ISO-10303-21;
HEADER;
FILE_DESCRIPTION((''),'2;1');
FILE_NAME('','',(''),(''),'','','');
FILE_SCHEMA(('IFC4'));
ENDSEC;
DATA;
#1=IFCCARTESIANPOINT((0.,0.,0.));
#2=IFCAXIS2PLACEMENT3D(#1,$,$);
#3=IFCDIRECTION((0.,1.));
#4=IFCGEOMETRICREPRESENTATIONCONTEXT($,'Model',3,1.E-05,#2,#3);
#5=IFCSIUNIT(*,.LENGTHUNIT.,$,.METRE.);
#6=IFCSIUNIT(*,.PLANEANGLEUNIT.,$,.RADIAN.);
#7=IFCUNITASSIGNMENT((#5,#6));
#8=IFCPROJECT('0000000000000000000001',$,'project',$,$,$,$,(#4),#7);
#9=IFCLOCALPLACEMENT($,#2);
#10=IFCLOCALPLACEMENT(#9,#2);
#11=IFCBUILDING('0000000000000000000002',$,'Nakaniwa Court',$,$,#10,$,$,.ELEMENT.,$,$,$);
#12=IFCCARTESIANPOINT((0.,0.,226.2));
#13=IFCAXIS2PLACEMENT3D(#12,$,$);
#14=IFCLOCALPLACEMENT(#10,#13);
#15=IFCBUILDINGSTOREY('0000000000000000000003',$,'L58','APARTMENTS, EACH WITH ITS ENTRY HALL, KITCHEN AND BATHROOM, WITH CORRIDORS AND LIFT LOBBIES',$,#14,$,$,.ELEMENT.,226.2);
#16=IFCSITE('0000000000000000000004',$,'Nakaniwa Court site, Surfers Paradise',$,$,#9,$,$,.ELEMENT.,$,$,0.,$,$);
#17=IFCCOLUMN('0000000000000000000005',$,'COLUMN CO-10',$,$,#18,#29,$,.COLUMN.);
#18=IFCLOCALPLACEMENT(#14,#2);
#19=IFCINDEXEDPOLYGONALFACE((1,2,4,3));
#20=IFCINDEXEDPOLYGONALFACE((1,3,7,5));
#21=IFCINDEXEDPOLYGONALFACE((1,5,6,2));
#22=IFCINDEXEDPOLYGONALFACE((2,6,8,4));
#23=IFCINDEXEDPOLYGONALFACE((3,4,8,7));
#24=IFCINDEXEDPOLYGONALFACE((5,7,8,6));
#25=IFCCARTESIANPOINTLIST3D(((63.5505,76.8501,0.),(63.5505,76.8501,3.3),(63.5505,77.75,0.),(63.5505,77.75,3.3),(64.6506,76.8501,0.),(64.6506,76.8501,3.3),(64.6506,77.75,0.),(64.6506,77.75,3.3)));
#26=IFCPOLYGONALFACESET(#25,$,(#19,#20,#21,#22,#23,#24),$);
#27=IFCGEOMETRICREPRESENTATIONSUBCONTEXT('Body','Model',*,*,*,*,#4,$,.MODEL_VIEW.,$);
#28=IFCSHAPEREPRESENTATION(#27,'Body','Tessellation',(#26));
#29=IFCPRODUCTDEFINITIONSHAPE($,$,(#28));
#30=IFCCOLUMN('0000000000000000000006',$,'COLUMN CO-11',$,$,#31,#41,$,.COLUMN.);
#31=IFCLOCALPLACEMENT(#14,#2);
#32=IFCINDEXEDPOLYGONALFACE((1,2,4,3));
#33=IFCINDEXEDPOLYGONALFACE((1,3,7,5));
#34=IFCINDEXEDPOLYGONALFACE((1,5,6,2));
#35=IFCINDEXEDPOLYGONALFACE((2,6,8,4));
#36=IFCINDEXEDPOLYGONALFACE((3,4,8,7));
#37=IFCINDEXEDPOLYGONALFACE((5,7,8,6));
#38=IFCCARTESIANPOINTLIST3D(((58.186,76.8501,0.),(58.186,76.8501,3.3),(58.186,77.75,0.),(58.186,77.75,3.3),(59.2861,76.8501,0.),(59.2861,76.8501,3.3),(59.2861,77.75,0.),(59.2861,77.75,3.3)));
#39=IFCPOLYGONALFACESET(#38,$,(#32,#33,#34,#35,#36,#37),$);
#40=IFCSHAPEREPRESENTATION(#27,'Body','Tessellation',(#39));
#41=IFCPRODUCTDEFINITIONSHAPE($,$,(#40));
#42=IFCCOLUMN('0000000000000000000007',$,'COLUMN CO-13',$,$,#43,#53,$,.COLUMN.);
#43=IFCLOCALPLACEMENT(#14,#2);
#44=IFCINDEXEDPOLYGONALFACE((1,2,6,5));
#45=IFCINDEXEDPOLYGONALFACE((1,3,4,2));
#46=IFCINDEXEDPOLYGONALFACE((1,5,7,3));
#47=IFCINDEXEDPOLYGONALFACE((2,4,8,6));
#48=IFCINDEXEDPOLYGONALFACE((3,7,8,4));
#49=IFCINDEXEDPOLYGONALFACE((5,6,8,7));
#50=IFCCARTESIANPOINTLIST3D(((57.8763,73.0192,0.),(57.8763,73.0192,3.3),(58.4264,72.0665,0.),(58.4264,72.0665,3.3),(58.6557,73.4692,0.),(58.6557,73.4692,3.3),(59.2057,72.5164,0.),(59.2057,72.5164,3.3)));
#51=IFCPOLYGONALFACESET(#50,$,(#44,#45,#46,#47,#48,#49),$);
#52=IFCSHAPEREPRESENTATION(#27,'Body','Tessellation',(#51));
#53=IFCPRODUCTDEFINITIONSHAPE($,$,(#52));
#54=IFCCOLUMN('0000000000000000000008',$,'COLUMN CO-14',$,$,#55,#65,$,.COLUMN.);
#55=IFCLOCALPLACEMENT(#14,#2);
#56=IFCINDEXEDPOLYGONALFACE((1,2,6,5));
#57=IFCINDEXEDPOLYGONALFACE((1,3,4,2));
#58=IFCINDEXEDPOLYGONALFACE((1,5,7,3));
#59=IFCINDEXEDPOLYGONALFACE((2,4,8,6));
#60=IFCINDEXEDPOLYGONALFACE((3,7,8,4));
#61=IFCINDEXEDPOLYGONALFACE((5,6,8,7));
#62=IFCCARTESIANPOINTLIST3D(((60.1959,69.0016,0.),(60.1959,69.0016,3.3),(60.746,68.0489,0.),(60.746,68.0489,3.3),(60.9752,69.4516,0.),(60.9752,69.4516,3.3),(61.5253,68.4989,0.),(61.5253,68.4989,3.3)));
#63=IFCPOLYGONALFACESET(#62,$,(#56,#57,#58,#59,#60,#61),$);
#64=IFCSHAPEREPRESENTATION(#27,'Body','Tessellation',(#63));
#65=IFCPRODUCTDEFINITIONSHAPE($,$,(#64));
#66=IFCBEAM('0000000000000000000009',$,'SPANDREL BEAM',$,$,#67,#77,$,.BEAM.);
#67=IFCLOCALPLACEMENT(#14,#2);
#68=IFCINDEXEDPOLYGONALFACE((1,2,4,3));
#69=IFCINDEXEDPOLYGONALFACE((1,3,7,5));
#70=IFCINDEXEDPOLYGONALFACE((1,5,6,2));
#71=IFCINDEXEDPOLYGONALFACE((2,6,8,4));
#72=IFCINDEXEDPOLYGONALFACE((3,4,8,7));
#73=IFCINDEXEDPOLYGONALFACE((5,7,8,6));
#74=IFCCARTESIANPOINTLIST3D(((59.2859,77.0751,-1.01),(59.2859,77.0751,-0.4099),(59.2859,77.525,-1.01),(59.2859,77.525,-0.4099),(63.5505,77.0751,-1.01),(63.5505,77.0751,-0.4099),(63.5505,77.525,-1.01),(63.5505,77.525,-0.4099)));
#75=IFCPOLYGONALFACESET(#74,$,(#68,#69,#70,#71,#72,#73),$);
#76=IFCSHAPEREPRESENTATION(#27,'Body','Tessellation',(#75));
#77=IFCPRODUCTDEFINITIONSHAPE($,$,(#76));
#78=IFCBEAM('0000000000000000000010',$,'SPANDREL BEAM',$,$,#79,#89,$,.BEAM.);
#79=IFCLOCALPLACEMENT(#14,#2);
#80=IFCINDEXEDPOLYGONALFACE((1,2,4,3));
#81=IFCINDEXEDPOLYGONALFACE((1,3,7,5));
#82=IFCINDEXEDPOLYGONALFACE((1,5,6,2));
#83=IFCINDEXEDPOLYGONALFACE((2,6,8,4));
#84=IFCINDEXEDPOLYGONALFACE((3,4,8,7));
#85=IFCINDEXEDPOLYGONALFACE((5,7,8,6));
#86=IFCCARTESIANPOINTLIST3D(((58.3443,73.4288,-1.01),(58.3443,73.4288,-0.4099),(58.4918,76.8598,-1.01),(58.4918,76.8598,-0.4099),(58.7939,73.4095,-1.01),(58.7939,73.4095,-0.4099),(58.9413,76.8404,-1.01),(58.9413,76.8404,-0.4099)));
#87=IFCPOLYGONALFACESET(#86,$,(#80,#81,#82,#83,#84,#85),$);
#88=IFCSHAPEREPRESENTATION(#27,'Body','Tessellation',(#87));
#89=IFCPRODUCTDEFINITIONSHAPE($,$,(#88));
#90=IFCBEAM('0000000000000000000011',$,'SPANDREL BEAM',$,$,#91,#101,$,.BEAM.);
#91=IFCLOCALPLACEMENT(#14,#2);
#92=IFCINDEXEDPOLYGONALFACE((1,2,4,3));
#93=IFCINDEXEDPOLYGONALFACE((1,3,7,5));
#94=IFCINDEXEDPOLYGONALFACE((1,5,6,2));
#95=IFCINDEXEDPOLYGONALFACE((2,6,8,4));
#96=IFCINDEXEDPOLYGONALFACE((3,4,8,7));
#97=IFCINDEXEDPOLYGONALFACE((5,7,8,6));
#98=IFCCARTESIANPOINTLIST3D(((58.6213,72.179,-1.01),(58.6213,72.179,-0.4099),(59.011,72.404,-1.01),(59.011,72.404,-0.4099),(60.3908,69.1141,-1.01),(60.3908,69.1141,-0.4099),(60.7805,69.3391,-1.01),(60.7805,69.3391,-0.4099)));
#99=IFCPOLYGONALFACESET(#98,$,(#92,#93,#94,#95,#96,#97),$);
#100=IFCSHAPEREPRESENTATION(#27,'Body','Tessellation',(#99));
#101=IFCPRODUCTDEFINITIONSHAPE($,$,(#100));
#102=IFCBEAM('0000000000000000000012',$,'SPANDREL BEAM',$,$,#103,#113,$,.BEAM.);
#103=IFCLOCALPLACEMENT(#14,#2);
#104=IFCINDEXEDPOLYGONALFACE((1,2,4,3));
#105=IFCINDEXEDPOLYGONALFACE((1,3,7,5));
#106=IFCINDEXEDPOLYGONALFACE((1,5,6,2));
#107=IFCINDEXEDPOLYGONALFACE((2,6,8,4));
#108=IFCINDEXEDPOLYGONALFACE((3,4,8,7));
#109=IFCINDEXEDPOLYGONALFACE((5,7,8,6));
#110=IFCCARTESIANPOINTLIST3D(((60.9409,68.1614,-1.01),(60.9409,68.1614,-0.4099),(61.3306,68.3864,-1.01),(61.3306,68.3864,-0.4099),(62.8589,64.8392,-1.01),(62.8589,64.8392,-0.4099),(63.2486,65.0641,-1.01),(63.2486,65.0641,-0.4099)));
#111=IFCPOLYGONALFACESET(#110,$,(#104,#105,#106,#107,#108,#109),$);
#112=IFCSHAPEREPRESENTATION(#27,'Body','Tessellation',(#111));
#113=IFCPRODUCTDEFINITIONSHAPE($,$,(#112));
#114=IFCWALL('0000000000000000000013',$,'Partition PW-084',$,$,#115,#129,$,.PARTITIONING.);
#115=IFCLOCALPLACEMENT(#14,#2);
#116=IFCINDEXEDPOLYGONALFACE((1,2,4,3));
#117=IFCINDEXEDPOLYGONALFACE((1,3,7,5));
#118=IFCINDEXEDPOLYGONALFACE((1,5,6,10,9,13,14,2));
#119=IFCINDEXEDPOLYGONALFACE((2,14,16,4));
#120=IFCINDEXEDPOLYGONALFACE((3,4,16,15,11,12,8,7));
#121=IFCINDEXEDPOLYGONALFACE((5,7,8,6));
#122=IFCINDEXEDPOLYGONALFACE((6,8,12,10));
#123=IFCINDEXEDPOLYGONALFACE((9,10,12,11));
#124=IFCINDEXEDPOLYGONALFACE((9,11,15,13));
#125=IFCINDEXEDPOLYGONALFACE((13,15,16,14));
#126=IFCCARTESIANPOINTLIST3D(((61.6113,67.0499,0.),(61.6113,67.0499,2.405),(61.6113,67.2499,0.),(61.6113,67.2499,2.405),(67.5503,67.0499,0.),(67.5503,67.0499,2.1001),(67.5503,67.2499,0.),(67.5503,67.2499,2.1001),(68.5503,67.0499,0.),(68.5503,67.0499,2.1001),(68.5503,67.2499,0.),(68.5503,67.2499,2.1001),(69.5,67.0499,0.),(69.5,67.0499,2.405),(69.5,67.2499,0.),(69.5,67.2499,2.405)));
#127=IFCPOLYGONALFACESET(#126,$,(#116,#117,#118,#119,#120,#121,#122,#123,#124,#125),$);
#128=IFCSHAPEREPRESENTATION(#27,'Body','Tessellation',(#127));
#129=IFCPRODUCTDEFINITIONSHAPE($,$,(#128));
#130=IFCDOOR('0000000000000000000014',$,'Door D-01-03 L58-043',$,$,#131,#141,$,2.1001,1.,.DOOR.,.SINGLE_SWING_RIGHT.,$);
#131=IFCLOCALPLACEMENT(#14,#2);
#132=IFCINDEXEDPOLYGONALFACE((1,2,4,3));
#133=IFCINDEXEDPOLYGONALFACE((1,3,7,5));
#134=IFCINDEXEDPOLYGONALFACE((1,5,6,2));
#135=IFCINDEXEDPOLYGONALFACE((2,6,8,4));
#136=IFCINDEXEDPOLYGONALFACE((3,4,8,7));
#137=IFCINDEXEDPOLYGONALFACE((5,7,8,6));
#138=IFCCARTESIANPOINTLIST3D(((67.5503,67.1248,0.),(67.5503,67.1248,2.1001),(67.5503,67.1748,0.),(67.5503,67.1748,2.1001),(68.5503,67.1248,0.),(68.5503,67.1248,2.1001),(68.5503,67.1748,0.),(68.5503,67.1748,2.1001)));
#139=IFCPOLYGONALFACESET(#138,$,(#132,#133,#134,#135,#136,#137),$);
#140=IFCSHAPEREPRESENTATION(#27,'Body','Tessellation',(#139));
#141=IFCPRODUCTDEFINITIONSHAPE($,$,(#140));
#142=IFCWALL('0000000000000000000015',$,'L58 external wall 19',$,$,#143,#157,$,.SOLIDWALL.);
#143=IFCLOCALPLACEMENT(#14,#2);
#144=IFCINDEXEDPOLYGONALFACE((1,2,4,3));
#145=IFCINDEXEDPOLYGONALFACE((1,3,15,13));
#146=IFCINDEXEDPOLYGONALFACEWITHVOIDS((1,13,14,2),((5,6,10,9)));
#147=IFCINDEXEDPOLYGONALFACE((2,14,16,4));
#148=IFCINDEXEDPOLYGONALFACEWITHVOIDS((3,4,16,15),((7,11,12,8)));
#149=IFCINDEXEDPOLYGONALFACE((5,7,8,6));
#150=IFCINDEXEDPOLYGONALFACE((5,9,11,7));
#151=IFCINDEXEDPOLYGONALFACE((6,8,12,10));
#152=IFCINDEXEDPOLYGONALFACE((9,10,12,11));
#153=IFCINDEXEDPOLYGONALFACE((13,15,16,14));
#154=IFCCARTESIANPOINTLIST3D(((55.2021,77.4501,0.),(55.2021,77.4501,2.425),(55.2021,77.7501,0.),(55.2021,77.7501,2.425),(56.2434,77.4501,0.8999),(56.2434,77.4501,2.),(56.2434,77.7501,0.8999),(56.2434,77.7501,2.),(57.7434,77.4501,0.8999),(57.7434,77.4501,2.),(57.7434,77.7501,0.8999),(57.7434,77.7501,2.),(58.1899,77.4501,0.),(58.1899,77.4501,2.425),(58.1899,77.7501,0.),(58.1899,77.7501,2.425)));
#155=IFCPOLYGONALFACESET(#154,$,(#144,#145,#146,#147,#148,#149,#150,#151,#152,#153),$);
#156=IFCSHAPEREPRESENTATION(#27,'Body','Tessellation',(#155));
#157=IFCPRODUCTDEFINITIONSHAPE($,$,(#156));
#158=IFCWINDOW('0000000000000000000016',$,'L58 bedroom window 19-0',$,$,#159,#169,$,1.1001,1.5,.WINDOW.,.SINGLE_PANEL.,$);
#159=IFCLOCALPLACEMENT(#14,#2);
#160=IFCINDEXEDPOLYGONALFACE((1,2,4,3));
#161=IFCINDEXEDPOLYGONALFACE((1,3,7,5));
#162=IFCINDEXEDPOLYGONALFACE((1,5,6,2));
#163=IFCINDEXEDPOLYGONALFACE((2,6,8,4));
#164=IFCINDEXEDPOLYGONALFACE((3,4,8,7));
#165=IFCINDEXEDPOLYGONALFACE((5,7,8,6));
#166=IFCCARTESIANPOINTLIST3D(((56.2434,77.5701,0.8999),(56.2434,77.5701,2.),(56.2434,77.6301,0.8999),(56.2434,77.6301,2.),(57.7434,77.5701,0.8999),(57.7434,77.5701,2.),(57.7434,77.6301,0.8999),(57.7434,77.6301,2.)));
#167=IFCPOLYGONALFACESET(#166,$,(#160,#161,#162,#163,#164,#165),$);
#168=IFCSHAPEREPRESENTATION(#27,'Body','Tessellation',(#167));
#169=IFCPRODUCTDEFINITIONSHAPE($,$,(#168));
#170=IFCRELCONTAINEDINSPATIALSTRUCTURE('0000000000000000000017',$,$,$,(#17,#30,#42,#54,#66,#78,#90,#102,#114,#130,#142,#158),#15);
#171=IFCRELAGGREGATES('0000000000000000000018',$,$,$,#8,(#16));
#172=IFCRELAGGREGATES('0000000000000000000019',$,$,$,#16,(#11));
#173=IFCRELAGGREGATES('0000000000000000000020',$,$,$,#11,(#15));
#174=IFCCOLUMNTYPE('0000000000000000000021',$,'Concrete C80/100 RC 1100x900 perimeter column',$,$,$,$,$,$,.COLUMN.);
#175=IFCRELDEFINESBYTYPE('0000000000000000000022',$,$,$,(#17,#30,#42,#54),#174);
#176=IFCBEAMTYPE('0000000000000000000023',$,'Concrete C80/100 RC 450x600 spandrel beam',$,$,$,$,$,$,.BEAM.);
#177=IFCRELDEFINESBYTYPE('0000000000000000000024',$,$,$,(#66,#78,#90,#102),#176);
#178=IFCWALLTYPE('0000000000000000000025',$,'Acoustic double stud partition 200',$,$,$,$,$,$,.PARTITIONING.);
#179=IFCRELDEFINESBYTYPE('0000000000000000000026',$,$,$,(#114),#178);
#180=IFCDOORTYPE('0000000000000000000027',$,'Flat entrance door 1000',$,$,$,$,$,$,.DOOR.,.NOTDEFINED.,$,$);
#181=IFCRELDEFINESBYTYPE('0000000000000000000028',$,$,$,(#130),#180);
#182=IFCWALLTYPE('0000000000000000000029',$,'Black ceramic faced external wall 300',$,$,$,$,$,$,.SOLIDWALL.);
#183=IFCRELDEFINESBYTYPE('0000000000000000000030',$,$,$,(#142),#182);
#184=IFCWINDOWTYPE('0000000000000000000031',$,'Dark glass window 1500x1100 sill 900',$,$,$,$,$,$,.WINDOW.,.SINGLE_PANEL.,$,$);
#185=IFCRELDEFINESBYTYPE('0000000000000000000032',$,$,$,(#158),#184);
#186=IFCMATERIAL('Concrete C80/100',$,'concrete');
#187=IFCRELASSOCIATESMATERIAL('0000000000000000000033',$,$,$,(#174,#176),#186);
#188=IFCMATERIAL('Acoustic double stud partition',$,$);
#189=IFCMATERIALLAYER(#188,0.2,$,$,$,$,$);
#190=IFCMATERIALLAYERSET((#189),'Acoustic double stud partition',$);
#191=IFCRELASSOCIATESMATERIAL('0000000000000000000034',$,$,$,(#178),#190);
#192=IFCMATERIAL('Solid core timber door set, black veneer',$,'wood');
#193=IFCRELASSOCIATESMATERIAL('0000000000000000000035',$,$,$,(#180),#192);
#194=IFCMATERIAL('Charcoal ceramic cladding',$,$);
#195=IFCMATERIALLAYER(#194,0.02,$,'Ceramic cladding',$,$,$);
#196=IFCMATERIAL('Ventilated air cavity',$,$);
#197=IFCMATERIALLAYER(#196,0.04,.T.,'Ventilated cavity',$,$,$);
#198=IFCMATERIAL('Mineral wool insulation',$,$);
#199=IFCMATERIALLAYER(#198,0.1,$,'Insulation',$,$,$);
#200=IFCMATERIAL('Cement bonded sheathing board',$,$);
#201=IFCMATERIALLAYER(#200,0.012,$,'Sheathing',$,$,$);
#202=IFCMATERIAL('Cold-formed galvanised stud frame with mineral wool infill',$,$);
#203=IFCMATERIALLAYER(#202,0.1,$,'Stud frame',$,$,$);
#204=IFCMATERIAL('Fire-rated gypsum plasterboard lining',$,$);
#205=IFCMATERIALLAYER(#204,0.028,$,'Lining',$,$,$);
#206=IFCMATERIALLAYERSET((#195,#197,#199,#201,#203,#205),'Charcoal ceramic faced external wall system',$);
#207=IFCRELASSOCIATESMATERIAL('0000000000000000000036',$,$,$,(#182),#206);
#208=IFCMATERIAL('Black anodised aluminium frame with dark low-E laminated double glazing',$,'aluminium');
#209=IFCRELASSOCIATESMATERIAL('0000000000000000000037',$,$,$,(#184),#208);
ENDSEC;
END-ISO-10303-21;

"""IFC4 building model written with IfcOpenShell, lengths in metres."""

from ifc_helpers import new_model, si_unit, direction, frame, frame_2d, origin, origin_2d, place, context, subcontext, project, spatial, rectangle, extrude, material, layer, layer_set, material_profile, profile_set, type_object, element, fill, save


model = new_model("IFC4")

# Units and contexts
model_context = context("Model", 3, precision=1e-05, world=origin(), true_north=direction((0.0, 1.0)))
body_context = subcontext(model_context, "Body", "Model", "MODEL_VIEW")
ifc_project = project(units=[si_unit("LENGTHUNIT", "METRE"), si_unit("PLANEANGLEUNIT", "RADIAN")], contexts=[model_context])

# Site, building, storey
site_placement = place(None, origin())
site = spatial("IfcSite", under=ifc_project, at=site_placement, Name="Nakaniwa Court site, Surfers Paradise", CompositionType="ELEMENT", RefElevation=0.0)
building_placement = place(site_placement, origin())
building = spatial("IfcBuilding", under=site, at=building_placement, Name="Nakaniwa Court", CompositionType="ELEMENT")
storey_placement = place(building_placement, frame((0.0, 0.0, 226.2)))
storey = spatial("IfcBuildingStorey", under=building, at=storey_placement, Name="L58", Description="APARTMENTS, EACH WITH ITS ENTRY HALL, KITCHEN AND BATHROOM, WITH CORRIDORS AND LIFT LOBBIES", CompositionType="ELEMENT", Elevation=226.2)

# Columns
ifc_material_1 = material(Name="Concrete C80/100", Category="concrete")
ifc_material_profile_1 = material_profile(ifc_material_1, rectangle(XDim=1.1001, YDim=0.8999, at=origin_2d()), Name="Concrete C80/100 RC 1100x900 perimeter column")
ifc_profile_set_1 = profile_set([ifc_material_profile_1], Name="Concrete C80/100")
column_type = type_object("IfcColumnType", Name="Concrete C80/100 RC 1100x900 perimeter column", PredefinedType="COLUMN", material=ifc_profile_set_1)
for number, where, z_axis, x_axis, name in (
    (1, (64.1006, 77.3, 0.0), (0.0, 0.0, 1.0), (-1.0, 0.0, 0.0), "COLUMN CO-10"),
    (2, (58.7361, 77.3, 0.0), (0.0, 0.0, 1.0), (-1.0, 0.0, 0.0), "COLUMN CO-11"),
    (3, (58.541, 72.7678, 0.0), (0.0, 0.0, 1.0), (0.5, -0.866025, 0.0), "COLUMN CO-13"),
    (4, (60.8606, 68.7502, 0.0), (0.0, 0.0, 1.0), (0.5, -0.866025, 0.0), "COLUMN CO-14"),
):
    element("IfcColumn", number, at=place(storey_placement, frame(where, z_axis=z_axis, x_axis=x_axis)), inside=storey, type_object=column_type, Name=name, PredefinedType="COLUMN", context=body_context, shape_type="SweptSolid", body=[
        extrude(rectangle(XDim=1.1001, YDim=0.8999, at=origin_2d()), origin(), (0.0, 0.0, 1.0), 3.3),
    ])

# Beams
ifc_material_profile_2 = material_profile(ifc_material_1, rectangle(XDim=0.45, YDim=0.6001, at=origin_2d()), Name="Concrete C80/100 RC 450x600 spandrel beam")
ifc_profile_set_2 = profile_set([ifc_material_profile_2], Name="Concrete C80/100")
beam_type = type_object("IfcBeamType", Name="Concrete C80/100 RC 450x600 spandrel beam", PredefinedType="BEAM", material=ifc_profile_set_2)
beam_1_placement = place(storey_placement, frame((63.5505, 77.3, -0.71), z_axis=(-1.0, 0.0, 0.0), x_axis=(0.0, -1.0, 0.0)))
element("IfcBeam", 5, at=beam_1_placement, inside=storey, type_object=beam_type, Name="SPANDREL BEAM", PredefinedType="BEAM", context=body_context, shape_type="SweptSolid", body=[
    extrude(rectangle(XDim=0.45, YDim=0.6001, at=origin_2d()), origin(), (0.0, 0.0, 1.0), 4.2646),
])
beam_2_placement = place(storey_placement, frame((58.7166, 76.8501, -0.71), z_axis=(-0.042941, -0.999078, 0.0), x_axis=(0.999078, -0.042941, 0.0)))
element("IfcBeam", 6, at=beam_2_placement, inside=storey, type_object=beam_type, Name="SPANDREL BEAM", PredefinedType="BEAM", context=body_context, shape_type="SweptSolid", body=[
    extrude(rectangle(XDim=0.45, YDim=0.6001, at=origin_2d()), origin(), (0.0, 0.0, 1.0), 3.4341),
])
beam_3_placement = place(storey_placement, frame((58.8162, 72.2915, -0.71), z_axis=(0.499997, -0.866027, 0.0), x_axis=(0.866027, 0.499997, 0.0)))
element("IfcBeam", 7, at=beam_3_placement, inside=storey, type_object=beam_type, Name="SPANDREL BEAM", PredefinedType="BEAM", context=body_context, shape_type="SweptSolid", body=[
    extrude(rectangle(XDim=0.45, YDim=0.6001, at=origin_2d()), origin(), (0.0, 0.0, 1.0), 3.5391),
])
beam_4_placement = place(storey_placement, frame((61.1357, 68.2739, -0.71), z_axis=(0.499972, -0.866041, 0.0), x_axis=(0.866041, 0.499972, 0.0)))
element("IfcBeam", 8, at=beam_4_placement, inside=storey, type_object=beam_type, Name="SPANDREL BEAM", PredefinedType="BEAM", context=body_context, shape_type="SweptSolid", body=[
    extrude(rectangle(XDim=0.45, YDim=0.6001, at=origin_2d()), origin(), (0.0, 0.0, 1.0), 3.8362),
])

# Wall, opening, door
ifc_material_2 = material(Name="Acoustic double stud partition")
ifc_layer_1 = layer(ifc_material_2, 0.2)
ifc_layer_set_1 = layer_set([ifc_layer_1], Name="Acoustic double stud partition")
wall_type_1 = type_object("IfcWallType", Name="Acoustic double stud partition 200", PredefinedType="PARTITIONING", material=ifc_layer_set_1)
wall_1_placement = place(storey_placement, frame((61.6113, 67.1499, 0.0), z_axis=(0.0, 0.0, 1.0), x_axis=(1.0, 0.0, 0.0)))
wall_1 = element("IfcWall", 9, at=wall_1_placement, inside=storey, type_object=wall_type_1, Name="Partition PW-084", PredefinedType="PARTITIONING", context=body_context, shape_type="SweptSolid", body=[
    extrude(rectangle(XDim=7.8887, YDim=0.2, at=frame_2d((3.9443, 0.0))), origin(), (0.0, 0.0, 1.0), 2.405),
])
opening_1_placement = place(wall_1_placement, frame((5.939, 0.0, 0.0)))
opening_1 = element("IfcOpeningElement", 10, at=opening_1_placement, cuts=wall_1, PredefinedType="OPENING", context=body_context, shape_type="SweptSolid", body=[
    extrude(rectangle(XDim=1.0, YDim=2.1001, at=frame_2d((0.5, 1.05))), frame((0.0, 0.1099, 0.0), z_axis=(0.0, -1.0, 0.0), x_axis=(1.0, 0.0, 0.0)), (0.0, 0.0, 1.0), 0.22),
])
ifc_material_3 = material(Name="Solid core timber door set, black veneer", Category="wood")
door_type_1 = type_object("IfcDoorType", Name="Flat entrance door 1000", OperationType="NOTDEFINED", PredefinedType="DOOR", material=ifc_material_3)
door_1_placement = place(opening_1_placement, origin())
door_1 = element("IfcDoor", 11, at=door_1_placement, inside=storey, type_object=door_type_1, Name="Door D-01-03 L58-043", OperationType="SINGLE_SWING_RIGHT", OverallHeight=2.1001, OverallWidth=1.0, PredefinedType="DOOR", context=body_context, shape_type="SweptSolid", body=[
    extrude(rectangle(XDim=1.0, YDim=2.1001, at=frame_2d((0.5, 1.05))), frame((0.0, 0.0249, 0.0), z_axis=(0.0, -1.0, 0.0), x_axis=(1.0, 0.0, 0.0)), (0.0, 0.0, 1.0), 0.05),
])
fill(opening_1, door_1)

# Wall, opening, window
ifc_material_4 = material(Name="Charcoal ceramic cladding")
ifc_layer_2 = layer(ifc_material_4, 0.02, Name="Ceramic cladding")
ifc_material_5 = material(Name="Ventilated air cavity")
ifc_layer_3 = layer(ifc_material_5, 0.04, ventilated=True, Name="Ventilated cavity")
ifc_material_6 = material(Name="Mineral wool insulation")
ifc_layer_4 = layer(ifc_material_6, 0.1, Name="Insulation")
ifc_material_7 = material(Name="Cement bonded sheathing board")
ifc_layer_5 = layer(ifc_material_7, 0.012, Name="Sheathing")
ifc_material_8 = material(Name="Cold-formed galvanised stud frame with mineral wool infill")
ifc_layer_6 = layer(ifc_material_8, 0.1, Name="Stud frame")
ifc_material_9 = material(Name="Fire-rated gypsum plasterboard lining")
ifc_layer_7 = layer(ifc_material_9, 0.028, Name="Lining")
ifc_layer_set_2 = layer_set([ifc_layer_2, ifc_layer_3, ifc_layer_4, ifc_layer_5, ifc_layer_6, ifc_layer_7], Name="Charcoal ceramic faced external wall system")
wall_type_2 = type_object("IfcWallType", Name="Black ceramic faced external wall 300", PredefinedType="SOLIDWALL", material=ifc_layer_set_2)
wall_2_placement = place(storey_placement, frame((58.1899, 77.6001, 0.0), z_axis=(0.0, 0.0, 1.0), x_axis=(-1.0, 0.0, 0.0)))
wall_2 = element("IfcWall", 12, at=wall_2_placement, inside=storey, type_object=wall_type_2, Name="L58 external wall 19", PredefinedType="SOLIDWALL", context=body_context, shape_type="SweptSolid", body=[
    extrude(rectangle(XDim=2.9878, YDim=0.3, at=frame_2d((1.4939, 0.0))), origin(), (0.0, 0.0, 1.0), 2.425),
])
opening_2_placement = place(wall_2_placement, frame((0.4465, 0.0, 0.8999)))
opening_2 = element("IfcOpeningElement", 13, at=opening_2_placement, cuts=wall_2, PredefinedType="OPENING", context=body_context, shape_type="SweptSolid", body=[
    extrude(rectangle(XDim=1.5, YDim=1.1001, at=frame_2d((0.75, 0.55))), frame((0.0, 0.1599, 0.0), z_axis=(0.0, -1.0, 0.0), x_axis=(1.0, 0.0, 0.0)), (0.0, 0.0, 1.0), 0.3201),
])
ifc_material_10 = material(Name="Black anodised aluminium frame with dark low-E laminated double glazing", Category="aluminium")
window_type_1 = type_object("IfcWindowType", Name="Dark glass window 1500x1100 sill 900", PartitioningType="SINGLE_PANEL", PredefinedType="WINDOW", material=ifc_material_10)
window_1_placement = place(opening_2_placement, origin())
window_1 = element("IfcWindow", 14, at=window_1_placement, inside=storey, type_object=window_type_1, Name="L58 bedroom window 19-0", OverallHeight=1.1001, OverallWidth=1.5, PartitioningType="SINGLE_PANEL", PredefinedType="WINDOW", context=body_context, shape_type="SweptSolid", body=[
    extrude(rectangle(XDim=1.5, YDim=1.1001, at=frame_2d((0.75, 0.55))), frame((0.0, 0.03, 0.0), z_axis=(0.0, -1.0, 0.0), x_axis=(1.0, 0.0, 0.0)), (0.0, 0.0, 1.0), 0.0601),
])
fill(opening_2, window_1)

save(model, "model.ifc")
